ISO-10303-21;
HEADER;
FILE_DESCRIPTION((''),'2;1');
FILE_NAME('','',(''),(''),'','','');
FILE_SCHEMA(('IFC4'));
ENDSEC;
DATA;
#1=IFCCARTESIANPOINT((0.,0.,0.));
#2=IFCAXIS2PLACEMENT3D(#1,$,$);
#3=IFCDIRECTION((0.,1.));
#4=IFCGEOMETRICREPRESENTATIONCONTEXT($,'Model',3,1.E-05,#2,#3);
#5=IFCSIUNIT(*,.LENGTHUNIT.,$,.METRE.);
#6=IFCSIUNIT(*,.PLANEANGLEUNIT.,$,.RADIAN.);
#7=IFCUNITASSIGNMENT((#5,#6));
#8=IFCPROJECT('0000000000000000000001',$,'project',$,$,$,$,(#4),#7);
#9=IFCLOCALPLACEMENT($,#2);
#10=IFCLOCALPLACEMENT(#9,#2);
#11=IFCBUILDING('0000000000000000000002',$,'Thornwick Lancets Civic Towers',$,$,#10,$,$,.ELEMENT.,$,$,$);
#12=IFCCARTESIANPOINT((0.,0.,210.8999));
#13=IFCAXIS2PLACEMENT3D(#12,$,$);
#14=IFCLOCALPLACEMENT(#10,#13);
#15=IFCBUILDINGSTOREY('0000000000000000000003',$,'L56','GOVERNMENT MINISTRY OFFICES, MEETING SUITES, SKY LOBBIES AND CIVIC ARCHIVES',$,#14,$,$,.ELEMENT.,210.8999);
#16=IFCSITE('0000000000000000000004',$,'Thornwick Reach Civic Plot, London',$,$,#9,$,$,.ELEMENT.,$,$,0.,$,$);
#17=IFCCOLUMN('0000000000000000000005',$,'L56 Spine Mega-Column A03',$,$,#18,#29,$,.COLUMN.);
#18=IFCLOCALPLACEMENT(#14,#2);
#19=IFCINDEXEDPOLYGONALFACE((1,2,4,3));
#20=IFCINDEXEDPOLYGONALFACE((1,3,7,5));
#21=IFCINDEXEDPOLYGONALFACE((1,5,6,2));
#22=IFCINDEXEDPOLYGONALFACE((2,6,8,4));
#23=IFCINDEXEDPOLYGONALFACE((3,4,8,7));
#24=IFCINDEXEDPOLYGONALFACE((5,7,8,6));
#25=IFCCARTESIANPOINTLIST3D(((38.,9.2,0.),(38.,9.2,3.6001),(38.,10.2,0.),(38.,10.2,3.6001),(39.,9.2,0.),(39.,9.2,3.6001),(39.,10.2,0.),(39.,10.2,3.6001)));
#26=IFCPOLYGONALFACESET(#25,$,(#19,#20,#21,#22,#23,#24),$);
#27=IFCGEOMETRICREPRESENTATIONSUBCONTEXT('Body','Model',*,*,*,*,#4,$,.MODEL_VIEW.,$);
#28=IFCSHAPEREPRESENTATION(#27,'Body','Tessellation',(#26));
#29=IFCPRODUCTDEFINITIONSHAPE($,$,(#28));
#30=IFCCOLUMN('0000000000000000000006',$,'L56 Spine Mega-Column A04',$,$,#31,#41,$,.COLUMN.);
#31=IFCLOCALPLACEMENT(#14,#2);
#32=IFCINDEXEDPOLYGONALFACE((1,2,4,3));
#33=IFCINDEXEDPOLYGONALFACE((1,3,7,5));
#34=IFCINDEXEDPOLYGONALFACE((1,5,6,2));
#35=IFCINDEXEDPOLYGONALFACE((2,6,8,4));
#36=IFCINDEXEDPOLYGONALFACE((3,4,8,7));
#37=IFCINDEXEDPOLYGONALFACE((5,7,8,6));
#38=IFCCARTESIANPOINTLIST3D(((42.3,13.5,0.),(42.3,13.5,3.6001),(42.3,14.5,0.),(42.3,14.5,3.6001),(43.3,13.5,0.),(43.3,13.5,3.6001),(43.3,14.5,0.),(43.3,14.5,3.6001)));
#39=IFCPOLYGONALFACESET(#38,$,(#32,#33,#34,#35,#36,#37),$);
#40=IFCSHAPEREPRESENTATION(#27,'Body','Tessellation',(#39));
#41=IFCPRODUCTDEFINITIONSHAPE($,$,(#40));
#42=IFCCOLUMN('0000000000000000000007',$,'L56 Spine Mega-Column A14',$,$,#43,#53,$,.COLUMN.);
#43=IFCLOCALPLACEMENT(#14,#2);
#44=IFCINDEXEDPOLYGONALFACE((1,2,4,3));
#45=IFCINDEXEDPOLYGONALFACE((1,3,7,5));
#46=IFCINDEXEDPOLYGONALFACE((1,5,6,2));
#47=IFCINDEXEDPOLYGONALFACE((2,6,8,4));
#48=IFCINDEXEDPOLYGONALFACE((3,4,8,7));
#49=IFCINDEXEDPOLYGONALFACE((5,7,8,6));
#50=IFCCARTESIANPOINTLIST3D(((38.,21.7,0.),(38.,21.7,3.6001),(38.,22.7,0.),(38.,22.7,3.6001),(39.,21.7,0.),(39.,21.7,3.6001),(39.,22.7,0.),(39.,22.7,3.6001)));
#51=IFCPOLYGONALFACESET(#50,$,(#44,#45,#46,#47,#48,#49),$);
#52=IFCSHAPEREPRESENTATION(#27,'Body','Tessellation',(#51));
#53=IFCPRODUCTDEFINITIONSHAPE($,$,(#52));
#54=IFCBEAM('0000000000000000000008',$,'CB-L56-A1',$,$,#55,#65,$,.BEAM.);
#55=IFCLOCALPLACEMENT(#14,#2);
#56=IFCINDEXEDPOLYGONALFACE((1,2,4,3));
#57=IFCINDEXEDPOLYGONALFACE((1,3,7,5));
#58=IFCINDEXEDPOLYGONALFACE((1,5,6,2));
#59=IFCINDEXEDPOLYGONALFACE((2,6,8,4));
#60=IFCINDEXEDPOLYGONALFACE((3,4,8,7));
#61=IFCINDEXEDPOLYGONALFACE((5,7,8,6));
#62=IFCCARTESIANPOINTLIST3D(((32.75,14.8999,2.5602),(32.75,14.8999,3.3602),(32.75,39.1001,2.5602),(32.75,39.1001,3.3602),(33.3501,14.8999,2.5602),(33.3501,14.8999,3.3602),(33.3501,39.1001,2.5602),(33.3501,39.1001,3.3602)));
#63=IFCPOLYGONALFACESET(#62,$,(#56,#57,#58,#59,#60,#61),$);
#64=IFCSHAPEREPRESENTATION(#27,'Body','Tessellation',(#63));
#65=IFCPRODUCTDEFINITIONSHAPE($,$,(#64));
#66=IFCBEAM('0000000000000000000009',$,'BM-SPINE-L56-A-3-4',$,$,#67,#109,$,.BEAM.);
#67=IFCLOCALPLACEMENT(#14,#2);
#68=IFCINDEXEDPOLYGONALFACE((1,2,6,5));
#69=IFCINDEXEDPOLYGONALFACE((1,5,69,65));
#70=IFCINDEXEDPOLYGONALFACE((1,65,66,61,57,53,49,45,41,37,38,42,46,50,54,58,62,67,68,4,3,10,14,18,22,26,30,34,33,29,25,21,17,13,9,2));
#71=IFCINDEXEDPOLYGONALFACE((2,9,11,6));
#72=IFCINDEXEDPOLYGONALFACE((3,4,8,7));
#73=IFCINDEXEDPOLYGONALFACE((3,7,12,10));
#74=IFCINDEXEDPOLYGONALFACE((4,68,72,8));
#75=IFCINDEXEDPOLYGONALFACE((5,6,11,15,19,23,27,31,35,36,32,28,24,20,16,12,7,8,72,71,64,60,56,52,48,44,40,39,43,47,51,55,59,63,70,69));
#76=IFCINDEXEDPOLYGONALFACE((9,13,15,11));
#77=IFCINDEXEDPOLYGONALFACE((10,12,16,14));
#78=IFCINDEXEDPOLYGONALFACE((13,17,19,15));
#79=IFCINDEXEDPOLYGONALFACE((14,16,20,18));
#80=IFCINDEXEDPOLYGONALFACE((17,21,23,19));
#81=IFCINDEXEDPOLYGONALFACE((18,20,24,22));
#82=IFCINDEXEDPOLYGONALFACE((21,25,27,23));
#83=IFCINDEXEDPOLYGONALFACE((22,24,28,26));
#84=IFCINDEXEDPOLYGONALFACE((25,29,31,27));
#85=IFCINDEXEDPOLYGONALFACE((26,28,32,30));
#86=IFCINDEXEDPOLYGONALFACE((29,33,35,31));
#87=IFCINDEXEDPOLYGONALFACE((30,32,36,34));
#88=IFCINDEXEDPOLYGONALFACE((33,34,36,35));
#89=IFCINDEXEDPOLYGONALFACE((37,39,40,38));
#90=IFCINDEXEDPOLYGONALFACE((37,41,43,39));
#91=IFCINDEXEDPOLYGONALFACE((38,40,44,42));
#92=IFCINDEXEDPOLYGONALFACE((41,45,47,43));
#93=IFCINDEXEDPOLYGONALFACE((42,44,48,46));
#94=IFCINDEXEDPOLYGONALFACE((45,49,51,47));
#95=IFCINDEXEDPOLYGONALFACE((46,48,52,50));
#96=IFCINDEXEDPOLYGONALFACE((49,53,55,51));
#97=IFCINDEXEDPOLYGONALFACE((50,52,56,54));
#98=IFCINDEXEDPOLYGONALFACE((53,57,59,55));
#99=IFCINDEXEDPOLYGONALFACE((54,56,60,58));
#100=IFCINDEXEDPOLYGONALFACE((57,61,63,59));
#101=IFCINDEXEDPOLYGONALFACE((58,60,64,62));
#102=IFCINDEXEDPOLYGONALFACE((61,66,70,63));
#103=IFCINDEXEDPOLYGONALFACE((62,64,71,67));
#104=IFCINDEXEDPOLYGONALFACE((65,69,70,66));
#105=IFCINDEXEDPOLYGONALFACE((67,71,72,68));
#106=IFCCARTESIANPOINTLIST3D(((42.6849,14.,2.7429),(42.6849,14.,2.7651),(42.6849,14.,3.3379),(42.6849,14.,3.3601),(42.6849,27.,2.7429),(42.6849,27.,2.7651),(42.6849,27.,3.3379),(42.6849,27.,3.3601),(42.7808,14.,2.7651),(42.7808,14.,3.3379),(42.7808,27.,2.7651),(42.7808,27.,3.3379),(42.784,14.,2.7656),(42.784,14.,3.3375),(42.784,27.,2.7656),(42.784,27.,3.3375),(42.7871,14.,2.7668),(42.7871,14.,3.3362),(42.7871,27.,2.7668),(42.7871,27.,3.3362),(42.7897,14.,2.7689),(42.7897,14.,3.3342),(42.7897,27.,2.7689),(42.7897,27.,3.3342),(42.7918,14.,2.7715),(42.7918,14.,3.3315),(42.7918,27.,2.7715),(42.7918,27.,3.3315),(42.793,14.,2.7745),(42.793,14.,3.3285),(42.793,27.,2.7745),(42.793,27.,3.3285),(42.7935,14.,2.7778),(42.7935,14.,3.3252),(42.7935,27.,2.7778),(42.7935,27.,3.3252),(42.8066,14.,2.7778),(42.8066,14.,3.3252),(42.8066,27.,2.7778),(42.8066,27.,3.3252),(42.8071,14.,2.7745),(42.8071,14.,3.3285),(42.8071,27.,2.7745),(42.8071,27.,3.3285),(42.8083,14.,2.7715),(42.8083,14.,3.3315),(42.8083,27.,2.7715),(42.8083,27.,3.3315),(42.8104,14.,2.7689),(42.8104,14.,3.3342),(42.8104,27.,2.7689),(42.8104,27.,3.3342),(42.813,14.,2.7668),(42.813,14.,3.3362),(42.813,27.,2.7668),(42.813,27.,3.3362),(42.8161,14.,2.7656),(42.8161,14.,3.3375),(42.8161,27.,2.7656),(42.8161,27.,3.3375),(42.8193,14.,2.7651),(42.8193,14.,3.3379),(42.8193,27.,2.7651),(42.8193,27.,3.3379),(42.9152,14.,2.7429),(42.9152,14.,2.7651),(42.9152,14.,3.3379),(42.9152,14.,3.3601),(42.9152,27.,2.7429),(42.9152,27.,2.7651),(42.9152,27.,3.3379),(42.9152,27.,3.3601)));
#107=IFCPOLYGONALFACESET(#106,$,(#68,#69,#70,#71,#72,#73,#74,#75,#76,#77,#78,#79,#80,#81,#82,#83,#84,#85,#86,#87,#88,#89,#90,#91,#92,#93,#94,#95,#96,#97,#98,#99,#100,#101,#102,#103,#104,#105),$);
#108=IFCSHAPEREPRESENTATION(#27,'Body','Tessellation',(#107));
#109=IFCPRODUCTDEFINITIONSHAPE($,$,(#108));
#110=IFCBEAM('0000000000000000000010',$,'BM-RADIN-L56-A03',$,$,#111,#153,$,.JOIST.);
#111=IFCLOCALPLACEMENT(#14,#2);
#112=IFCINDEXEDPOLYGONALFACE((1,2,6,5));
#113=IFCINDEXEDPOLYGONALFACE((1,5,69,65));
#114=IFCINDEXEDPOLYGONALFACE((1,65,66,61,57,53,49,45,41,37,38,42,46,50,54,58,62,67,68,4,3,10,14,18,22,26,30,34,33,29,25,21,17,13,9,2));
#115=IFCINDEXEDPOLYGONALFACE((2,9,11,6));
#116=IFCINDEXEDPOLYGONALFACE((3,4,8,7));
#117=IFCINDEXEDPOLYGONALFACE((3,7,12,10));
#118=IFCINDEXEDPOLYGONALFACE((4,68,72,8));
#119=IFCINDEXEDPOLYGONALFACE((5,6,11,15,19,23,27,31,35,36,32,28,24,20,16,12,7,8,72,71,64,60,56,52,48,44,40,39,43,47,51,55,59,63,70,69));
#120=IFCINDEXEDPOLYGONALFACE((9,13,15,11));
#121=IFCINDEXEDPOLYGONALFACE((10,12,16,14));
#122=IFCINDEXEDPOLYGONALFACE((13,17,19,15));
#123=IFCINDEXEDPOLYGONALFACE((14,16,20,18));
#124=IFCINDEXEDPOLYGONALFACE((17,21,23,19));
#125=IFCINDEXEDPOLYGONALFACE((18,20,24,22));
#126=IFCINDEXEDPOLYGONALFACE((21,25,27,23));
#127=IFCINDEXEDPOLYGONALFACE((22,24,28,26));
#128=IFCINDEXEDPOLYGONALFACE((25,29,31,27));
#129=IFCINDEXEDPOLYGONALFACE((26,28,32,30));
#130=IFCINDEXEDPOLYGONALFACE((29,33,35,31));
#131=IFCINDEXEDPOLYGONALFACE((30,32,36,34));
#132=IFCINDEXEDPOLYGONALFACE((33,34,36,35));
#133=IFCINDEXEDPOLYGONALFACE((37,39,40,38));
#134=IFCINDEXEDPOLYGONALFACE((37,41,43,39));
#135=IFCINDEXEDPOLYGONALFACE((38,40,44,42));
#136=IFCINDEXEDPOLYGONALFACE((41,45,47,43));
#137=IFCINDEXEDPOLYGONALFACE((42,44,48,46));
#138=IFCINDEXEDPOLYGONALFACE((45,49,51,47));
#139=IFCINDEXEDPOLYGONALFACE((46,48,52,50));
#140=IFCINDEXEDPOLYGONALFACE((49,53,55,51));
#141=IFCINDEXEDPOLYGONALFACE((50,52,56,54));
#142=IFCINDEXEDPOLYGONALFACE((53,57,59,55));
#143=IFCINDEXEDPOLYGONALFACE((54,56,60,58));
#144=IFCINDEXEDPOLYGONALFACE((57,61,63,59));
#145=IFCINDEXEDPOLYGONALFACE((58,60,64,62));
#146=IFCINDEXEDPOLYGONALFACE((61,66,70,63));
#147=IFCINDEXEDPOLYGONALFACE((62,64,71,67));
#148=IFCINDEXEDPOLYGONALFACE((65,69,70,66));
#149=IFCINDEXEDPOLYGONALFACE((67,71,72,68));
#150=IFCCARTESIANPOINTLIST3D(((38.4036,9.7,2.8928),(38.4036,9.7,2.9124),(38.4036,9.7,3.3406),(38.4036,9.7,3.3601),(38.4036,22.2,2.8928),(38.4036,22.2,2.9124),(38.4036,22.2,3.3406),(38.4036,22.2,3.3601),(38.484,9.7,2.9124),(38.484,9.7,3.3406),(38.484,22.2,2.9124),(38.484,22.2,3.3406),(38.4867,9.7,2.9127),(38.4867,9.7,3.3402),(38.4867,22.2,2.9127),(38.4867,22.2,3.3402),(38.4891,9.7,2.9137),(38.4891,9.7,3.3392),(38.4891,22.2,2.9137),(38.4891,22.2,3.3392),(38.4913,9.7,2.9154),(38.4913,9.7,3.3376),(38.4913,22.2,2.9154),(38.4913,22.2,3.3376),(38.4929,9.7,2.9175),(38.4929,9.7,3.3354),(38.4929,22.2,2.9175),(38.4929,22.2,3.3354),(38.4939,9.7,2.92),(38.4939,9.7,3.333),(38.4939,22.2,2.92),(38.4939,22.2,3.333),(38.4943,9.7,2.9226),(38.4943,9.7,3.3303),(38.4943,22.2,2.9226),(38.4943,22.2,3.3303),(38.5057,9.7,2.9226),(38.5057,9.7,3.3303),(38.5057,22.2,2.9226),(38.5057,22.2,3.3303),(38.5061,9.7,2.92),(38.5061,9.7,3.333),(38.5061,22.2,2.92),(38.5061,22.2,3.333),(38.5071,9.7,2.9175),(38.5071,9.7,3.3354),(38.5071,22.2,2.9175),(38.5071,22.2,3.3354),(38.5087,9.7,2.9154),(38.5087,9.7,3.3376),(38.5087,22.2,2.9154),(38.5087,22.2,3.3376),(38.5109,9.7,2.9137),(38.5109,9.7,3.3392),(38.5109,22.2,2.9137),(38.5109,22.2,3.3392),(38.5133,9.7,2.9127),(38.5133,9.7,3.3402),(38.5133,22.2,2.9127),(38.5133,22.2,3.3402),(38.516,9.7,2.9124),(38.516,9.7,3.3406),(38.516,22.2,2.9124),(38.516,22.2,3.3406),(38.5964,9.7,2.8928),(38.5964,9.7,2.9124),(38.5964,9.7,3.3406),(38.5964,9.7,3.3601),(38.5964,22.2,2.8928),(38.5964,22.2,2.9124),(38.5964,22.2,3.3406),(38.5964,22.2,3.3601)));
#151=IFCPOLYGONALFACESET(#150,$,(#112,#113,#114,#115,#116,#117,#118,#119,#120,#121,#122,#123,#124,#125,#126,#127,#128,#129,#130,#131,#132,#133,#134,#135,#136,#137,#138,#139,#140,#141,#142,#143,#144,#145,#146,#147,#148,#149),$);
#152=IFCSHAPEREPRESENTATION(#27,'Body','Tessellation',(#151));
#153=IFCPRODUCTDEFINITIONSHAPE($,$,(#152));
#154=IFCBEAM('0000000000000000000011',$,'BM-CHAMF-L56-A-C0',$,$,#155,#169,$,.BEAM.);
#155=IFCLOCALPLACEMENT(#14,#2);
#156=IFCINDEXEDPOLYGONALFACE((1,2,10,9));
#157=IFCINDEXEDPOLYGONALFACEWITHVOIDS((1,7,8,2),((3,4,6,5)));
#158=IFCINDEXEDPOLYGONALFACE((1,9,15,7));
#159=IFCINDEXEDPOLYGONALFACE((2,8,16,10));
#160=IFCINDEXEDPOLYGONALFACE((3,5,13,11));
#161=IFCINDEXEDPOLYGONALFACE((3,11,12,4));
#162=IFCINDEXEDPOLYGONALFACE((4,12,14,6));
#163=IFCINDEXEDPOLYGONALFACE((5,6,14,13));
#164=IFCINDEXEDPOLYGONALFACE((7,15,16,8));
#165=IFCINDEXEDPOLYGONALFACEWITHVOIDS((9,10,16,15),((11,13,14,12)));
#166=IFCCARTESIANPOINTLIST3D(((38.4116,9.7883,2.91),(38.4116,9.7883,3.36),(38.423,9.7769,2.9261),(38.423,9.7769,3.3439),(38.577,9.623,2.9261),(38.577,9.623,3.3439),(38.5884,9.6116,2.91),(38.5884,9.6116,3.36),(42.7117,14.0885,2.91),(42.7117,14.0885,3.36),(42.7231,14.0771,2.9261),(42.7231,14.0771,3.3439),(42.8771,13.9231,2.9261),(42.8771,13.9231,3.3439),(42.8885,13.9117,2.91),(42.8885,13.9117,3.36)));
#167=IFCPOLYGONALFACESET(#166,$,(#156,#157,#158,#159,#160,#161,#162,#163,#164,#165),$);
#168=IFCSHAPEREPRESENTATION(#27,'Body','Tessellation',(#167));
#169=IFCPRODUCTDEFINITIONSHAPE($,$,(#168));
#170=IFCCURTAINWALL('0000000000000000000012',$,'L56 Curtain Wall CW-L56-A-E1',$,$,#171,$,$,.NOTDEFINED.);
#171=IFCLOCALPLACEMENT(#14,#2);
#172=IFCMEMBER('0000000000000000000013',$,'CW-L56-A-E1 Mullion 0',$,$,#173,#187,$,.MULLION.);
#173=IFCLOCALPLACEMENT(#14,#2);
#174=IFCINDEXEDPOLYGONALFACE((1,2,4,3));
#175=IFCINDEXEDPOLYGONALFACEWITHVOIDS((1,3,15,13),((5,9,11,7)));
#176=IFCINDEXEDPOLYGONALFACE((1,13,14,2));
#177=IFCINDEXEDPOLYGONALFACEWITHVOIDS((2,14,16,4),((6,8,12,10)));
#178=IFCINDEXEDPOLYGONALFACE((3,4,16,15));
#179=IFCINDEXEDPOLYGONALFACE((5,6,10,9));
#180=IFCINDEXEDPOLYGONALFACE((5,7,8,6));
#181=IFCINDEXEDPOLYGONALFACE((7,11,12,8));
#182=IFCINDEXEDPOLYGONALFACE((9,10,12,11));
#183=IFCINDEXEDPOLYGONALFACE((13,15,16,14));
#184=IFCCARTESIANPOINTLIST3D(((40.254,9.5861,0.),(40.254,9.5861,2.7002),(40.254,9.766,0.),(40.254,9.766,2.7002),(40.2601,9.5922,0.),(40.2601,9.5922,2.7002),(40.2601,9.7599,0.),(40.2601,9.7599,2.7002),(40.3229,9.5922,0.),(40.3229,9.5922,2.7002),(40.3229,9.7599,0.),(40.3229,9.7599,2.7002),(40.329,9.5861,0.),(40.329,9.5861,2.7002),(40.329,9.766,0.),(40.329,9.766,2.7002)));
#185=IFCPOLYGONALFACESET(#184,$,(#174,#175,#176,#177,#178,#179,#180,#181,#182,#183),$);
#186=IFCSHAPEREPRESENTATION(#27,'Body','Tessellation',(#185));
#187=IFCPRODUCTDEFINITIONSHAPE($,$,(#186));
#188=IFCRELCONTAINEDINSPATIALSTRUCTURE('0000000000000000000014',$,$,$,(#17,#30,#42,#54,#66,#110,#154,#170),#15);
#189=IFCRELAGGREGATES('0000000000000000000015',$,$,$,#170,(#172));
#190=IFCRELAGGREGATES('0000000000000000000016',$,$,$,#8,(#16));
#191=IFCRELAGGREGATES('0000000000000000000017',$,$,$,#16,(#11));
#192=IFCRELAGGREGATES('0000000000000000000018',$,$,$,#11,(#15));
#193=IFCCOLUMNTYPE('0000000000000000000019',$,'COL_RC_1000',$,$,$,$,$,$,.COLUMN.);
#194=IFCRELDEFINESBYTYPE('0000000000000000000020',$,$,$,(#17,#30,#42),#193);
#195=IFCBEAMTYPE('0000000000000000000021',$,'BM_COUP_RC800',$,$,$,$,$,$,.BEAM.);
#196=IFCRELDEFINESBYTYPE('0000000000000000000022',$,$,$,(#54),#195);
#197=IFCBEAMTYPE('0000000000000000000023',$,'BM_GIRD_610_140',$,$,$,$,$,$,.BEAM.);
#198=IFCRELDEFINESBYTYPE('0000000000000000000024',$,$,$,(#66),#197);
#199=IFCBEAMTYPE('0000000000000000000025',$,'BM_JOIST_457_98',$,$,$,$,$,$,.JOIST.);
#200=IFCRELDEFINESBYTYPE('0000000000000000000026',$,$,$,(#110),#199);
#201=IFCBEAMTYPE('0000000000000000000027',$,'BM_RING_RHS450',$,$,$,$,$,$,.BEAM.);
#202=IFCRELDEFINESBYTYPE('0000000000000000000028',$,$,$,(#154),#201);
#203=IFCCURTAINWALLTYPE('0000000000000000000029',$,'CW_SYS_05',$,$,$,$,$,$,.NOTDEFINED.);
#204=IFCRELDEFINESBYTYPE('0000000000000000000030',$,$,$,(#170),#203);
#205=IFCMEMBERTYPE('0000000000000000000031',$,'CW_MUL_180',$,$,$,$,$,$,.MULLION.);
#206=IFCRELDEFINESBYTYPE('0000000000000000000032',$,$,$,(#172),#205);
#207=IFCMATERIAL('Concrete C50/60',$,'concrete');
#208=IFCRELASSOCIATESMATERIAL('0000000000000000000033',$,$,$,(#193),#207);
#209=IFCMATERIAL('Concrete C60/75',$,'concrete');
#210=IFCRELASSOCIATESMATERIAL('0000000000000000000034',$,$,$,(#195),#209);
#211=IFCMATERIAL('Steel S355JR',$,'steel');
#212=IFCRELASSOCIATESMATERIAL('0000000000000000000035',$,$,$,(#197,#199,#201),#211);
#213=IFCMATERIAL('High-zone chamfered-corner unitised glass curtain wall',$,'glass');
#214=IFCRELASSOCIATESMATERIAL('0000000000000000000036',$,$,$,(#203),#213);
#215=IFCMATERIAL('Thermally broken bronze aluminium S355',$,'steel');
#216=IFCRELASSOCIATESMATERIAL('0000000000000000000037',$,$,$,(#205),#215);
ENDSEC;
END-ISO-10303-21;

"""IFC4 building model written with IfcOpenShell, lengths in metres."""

from ifc_helpers import new_model, si_unit, direction, frame, origin, origin_2d, place, context, subcontext, project, spatial, rectangle, hollow_rectangle, i_section, extrude, material, material_profile, profile_set, type_object, element, aggregate, save


model = new_model("IFC4")

# Units and contexts
model_context = context("Model", 3, precision=1e-05, world=origin(), true_north=direction((0.0, 1.0)))
body_context = subcontext(model_context, "Body", "Model", "MODEL_VIEW")
ifc_project = project(units=[si_unit("LENGTHUNIT", "METRE"), si_unit("PLANEANGLEUNIT", "RADIAN")], contexts=[model_context])

# Site, building, storey
site_placement = place(None, origin())
site = spatial("IfcSite", under=ifc_project, at=site_placement, Name="Thornwick Reach Civic Plot, London", CompositionType="ELEMENT", RefElevation=0.0)
building_placement = place(site_placement, origin())
building = spatial("IfcBuilding", under=site, at=building_placement, Name="Thornwick Lancets Civic Towers", CompositionType="ELEMENT")
storey_placement = place(building_placement, frame((0.0, 0.0, 210.8999)))
storey = spatial("IfcBuildingStorey", under=building, at=storey_placement, Name="L56", Description="GOVERNMENT MINISTRY OFFICES, MEETING SUITES, SKY LOBBIES AND CIVIC ARCHIVES", CompositionType="ELEMENT", Elevation=210.8999)

# Columns
ifc_material_1 = material(Name="Concrete C50/60", Category="concrete")
ifc_material_profile_1 = material_profile(ifc_material_1, rectangle(XDim=1.0, YDim=1.0, at=origin_2d()), Name="RC 1000x1000")
ifc_profile_set_1 = profile_set([ifc_material_profile_1], Name="Concrete C50/60")
column_type = type_object("IfcColumnType", Name="COL_RC_1000", PredefinedType="COLUMN", material=ifc_profile_set_1)
for number, where, z_axis, x_axis, name in (
    (1, (38.5, 9.7, 0.0), (0.0, 0.0, 1.0), (1.0, 0.0, 0.0), "L56 Spine Mega-Column A03"),
    (2, (42.8, 14.0, 0.0), (0.0, 0.0, 1.0), (1.0, 0.0, 0.0), "L56 Spine Mega-Column A04"),
    (3, (38.5, 22.2, 0.0), (0.0, 0.0, 1.0), (1.0, 0.0, 0.0), "L56 Spine Mega-Column A14"),
):
    element("IfcColumn", number, at=place(storey_placement, frame(where, z_axis=z_axis, x_axis=x_axis)), inside=storey, type_object=column_type, Name=name, PredefinedType="COLUMN", context=body_context, shape_type="SweptSolid", body=[
        extrude(rectangle(XDim=1.0, YDim=1.0, at=origin_2d()), origin(), (0.0, 0.0, 1.0), 3.6001),
    ])

# Beams
ifc_material_2 = material(Name="Concrete C60/75", Category="concrete")
ifc_material_profile_2 = material_profile(ifc_material_2, rectangle(XDim=0.6001, YDim=0.8, at=origin_2d()), Name="RC 600x800")
ifc_profile_set_2 = profile_set([ifc_material_profile_2], Name="Concrete C60/75")
beam_type_1 = type_object("IfcBeamType", Name="BM_COUP_RC800", PredefinedType="BEAM", material=ifc_profile_set_2)
beam_1_placement = place(storey_placement, frame((33.05, 14.8999, 2.9602), z_axis=(0.0, 1.0, 0.0), x_axis=(-1.0, 0.0, 0.0)))
element("IfcBeam", 4, at=beam_1_placement, inside=storey, type_object=beam_type_1, Name="CB-L56-A1", PredefinedType="BEAM", context=body_context, shape_type="SweptSolid", body=[
    extrude(rectangle(XDim=0.6001, YDim=0.8, at=origin_2d()), origin(), (0.0, 0.0, 1.0), 24.2002),
])
ifc_material_3 = material(Name="Steel S355JR", Category="steel")
ifc_material_profile_3 = material_profile(ifc_material_3, i_section(OverallWidth=0.2302, OverallDepth=0.6172, WebThickness=0.0132, FlangeThickness=0.0222, FilletRadius=0.0127, at=origin_2d()), Name="UKB 610x229x140")
ifc_profile_set_3 = profile_set([ifc_material_profile_3], Name="Steel S355JR")
beam_type_2 = type_object("IfcBeamType", Name="BM_GIRD_610_140", PredefinedType="BEAM", material=ifc_profile_set_3)
beam_2_placement = place(storey_placement, frame((42.8, 14.0, 3.0515), z_axis=(0.0, 1.0, 0.0), x_axis=(-1.0, 0.0, 0.0)))
element("IfcBeam", 5, at=beam_2_placement, inside=storey, type_object=beam_type_2, Name="BM-SPINE-L56-A-3-4", PredefinedType="BEAM", context=body_context, shape_type="SweptSolid", body=[
    extrude(i_section(OverallWidth=0.2302, OverallDepth=0.6172, WebThickness=0.0132, FlangeThickness=0.0222, FilletRadius=0.0127, at=origin_2d()), origin(), (0.0, 0.0, 1.0), 13.0),
])
ifc_material_profile_4 = material_profile(ifc_material_3, i_section(OverallWidth=0.1929, OverallDepth=0.4673, WebThickness=0.0115, FlangeThickness=0.0195, FilletRadius=0.0103, at=origin_2d()), Name="UKB 457x191x98")
ifc_profile_set_4 = profile_set([ifc_material_profile_4], Name="Steel S355JR")
beam_type_3 = type_object("IfcBeamType", Name="BM_JOIST_457_98", PredefinedType="JOIST", material=ifc_profile_set_4)
beam_3_placement = place(storey_placement, frame((38.5, 22.2, 3.1265), z_axis=(0.0, -1.0, 0.0), x_axis=(1.0, 0.0, 0.0)))
element("IfcBeam", 6, at=beam_3_placement, inside=storey, type_object=beam_type_3, Name="BM-RADIN-L56-A03", PredefinedType="JOIST", context=body_context, shape_type="SweptSolid", body=[
    extrude(i_section(OverallWidth=0.1929, OverallDepth=0.4673, WebThickness=0.0115, FlangeThickness=0.0195, FilletRadius=0.0103, at=origin_2d()), origin(), (0.0, 0.0, 1.0), 12.5),
])
ifc_material_profile_5 = material_profile(ifc_material_3, hollow_rectangle(XDim=0.25, YDim=0.45, WallThickness=0.0161, at=origin_2d()), Name="RHS 450x250x16")
ifc_profile_set_5 = profile_set([ifc_material_profile_5], Name="Steel S355JR")
beam_type_4 = type_object("IfcBeamType", Name="BM_RING_RHS450", PredefinedType="BEAM", material=ifc_profile_set_5)
beam_4_placement = place(storey_placement, frame((38.5, 9.7, 3.135), z_axis=(0.707107, 0.707107, 0.0), x_axis=(-0.707107, 0.707107, 0.0)))
element("IfcBeam", 7, at=beam_4_placement, inside=storey, type_object=beam_type_4, Name="BM-CHAMF-L56-A-C0", PredefinedType="BEAM", context=body_context, shape_type="SweptSolid", body=[
    extrude(hollow_rectangle(XDim=0.25, YDim=0.45, WallThickness=0.0161, at=origin_2d()), origin(), (0.0, 0.0, 1.0), 6.0813),
])

# Curtain wall, member
ifc_material_4 = material(Name="High-zone chamfered-corner unitised glass curtain wall", Category="glass")
curtain_wall_type = type_object("IfcCurtainWallType", Name="CW_SYS_05", PredefinedType="NOTDEFINED", material=ifc_material_4)
curtain_wall_placement = place(storey_placement, origin())
curtain_wall = element("IfcCurtainWall", 8, at=curtain_wall_placement, inside=storey, type_object=curtain_wall_type, Name="L56 Curtain Wall CW-L56-A-E1", PredefinedType="NOTDEFINED")
ifc_material_5 = material(Name="Thermally broken bronze aluminium S355", Category="steel")
ifc_material_profile_6 = material_profile(ifc_material_5, hollow_rectangle(XDim=0.075, YDim=0.1799, WallThickness=0.0061, at=origin_2d()), Name="RHS 180x75x6")
ifc_profile_set_6 = profile_set([ifc_material_profile_6], Name="Thermally broken bronze aluminium S355")
member_type_1 = type_object("IfcMemberType", Name="CW_MUL_180", PredefinedType="MULLION", material=ifc_profile_set_6)
member_1_placement = place(storey_placement, frame((40.2915, 9.676, 0.0), z_axis=(0.0, 0.0, 1.0), x_axis=(1.0, 0.0, 0.0)))
member_1 = element("IfcMember", 9, at=member_1_placement, type_object=member_type_1, Name="CW-L56-A-E1 Mullion 0", PredefinedType="MULLION", context=body_context, shape_type="SweptSolid", body=[
    extrude(hollow_rectangle(XDim=0.075, YDim=0.1799, WallThickness=0.0061, at=origin_2d()), origin(), (0.0, 0.0, 1.0), 2.7002),
])
aggregate(curtain_wall, [member_1])

save(model, "model.ifc")
